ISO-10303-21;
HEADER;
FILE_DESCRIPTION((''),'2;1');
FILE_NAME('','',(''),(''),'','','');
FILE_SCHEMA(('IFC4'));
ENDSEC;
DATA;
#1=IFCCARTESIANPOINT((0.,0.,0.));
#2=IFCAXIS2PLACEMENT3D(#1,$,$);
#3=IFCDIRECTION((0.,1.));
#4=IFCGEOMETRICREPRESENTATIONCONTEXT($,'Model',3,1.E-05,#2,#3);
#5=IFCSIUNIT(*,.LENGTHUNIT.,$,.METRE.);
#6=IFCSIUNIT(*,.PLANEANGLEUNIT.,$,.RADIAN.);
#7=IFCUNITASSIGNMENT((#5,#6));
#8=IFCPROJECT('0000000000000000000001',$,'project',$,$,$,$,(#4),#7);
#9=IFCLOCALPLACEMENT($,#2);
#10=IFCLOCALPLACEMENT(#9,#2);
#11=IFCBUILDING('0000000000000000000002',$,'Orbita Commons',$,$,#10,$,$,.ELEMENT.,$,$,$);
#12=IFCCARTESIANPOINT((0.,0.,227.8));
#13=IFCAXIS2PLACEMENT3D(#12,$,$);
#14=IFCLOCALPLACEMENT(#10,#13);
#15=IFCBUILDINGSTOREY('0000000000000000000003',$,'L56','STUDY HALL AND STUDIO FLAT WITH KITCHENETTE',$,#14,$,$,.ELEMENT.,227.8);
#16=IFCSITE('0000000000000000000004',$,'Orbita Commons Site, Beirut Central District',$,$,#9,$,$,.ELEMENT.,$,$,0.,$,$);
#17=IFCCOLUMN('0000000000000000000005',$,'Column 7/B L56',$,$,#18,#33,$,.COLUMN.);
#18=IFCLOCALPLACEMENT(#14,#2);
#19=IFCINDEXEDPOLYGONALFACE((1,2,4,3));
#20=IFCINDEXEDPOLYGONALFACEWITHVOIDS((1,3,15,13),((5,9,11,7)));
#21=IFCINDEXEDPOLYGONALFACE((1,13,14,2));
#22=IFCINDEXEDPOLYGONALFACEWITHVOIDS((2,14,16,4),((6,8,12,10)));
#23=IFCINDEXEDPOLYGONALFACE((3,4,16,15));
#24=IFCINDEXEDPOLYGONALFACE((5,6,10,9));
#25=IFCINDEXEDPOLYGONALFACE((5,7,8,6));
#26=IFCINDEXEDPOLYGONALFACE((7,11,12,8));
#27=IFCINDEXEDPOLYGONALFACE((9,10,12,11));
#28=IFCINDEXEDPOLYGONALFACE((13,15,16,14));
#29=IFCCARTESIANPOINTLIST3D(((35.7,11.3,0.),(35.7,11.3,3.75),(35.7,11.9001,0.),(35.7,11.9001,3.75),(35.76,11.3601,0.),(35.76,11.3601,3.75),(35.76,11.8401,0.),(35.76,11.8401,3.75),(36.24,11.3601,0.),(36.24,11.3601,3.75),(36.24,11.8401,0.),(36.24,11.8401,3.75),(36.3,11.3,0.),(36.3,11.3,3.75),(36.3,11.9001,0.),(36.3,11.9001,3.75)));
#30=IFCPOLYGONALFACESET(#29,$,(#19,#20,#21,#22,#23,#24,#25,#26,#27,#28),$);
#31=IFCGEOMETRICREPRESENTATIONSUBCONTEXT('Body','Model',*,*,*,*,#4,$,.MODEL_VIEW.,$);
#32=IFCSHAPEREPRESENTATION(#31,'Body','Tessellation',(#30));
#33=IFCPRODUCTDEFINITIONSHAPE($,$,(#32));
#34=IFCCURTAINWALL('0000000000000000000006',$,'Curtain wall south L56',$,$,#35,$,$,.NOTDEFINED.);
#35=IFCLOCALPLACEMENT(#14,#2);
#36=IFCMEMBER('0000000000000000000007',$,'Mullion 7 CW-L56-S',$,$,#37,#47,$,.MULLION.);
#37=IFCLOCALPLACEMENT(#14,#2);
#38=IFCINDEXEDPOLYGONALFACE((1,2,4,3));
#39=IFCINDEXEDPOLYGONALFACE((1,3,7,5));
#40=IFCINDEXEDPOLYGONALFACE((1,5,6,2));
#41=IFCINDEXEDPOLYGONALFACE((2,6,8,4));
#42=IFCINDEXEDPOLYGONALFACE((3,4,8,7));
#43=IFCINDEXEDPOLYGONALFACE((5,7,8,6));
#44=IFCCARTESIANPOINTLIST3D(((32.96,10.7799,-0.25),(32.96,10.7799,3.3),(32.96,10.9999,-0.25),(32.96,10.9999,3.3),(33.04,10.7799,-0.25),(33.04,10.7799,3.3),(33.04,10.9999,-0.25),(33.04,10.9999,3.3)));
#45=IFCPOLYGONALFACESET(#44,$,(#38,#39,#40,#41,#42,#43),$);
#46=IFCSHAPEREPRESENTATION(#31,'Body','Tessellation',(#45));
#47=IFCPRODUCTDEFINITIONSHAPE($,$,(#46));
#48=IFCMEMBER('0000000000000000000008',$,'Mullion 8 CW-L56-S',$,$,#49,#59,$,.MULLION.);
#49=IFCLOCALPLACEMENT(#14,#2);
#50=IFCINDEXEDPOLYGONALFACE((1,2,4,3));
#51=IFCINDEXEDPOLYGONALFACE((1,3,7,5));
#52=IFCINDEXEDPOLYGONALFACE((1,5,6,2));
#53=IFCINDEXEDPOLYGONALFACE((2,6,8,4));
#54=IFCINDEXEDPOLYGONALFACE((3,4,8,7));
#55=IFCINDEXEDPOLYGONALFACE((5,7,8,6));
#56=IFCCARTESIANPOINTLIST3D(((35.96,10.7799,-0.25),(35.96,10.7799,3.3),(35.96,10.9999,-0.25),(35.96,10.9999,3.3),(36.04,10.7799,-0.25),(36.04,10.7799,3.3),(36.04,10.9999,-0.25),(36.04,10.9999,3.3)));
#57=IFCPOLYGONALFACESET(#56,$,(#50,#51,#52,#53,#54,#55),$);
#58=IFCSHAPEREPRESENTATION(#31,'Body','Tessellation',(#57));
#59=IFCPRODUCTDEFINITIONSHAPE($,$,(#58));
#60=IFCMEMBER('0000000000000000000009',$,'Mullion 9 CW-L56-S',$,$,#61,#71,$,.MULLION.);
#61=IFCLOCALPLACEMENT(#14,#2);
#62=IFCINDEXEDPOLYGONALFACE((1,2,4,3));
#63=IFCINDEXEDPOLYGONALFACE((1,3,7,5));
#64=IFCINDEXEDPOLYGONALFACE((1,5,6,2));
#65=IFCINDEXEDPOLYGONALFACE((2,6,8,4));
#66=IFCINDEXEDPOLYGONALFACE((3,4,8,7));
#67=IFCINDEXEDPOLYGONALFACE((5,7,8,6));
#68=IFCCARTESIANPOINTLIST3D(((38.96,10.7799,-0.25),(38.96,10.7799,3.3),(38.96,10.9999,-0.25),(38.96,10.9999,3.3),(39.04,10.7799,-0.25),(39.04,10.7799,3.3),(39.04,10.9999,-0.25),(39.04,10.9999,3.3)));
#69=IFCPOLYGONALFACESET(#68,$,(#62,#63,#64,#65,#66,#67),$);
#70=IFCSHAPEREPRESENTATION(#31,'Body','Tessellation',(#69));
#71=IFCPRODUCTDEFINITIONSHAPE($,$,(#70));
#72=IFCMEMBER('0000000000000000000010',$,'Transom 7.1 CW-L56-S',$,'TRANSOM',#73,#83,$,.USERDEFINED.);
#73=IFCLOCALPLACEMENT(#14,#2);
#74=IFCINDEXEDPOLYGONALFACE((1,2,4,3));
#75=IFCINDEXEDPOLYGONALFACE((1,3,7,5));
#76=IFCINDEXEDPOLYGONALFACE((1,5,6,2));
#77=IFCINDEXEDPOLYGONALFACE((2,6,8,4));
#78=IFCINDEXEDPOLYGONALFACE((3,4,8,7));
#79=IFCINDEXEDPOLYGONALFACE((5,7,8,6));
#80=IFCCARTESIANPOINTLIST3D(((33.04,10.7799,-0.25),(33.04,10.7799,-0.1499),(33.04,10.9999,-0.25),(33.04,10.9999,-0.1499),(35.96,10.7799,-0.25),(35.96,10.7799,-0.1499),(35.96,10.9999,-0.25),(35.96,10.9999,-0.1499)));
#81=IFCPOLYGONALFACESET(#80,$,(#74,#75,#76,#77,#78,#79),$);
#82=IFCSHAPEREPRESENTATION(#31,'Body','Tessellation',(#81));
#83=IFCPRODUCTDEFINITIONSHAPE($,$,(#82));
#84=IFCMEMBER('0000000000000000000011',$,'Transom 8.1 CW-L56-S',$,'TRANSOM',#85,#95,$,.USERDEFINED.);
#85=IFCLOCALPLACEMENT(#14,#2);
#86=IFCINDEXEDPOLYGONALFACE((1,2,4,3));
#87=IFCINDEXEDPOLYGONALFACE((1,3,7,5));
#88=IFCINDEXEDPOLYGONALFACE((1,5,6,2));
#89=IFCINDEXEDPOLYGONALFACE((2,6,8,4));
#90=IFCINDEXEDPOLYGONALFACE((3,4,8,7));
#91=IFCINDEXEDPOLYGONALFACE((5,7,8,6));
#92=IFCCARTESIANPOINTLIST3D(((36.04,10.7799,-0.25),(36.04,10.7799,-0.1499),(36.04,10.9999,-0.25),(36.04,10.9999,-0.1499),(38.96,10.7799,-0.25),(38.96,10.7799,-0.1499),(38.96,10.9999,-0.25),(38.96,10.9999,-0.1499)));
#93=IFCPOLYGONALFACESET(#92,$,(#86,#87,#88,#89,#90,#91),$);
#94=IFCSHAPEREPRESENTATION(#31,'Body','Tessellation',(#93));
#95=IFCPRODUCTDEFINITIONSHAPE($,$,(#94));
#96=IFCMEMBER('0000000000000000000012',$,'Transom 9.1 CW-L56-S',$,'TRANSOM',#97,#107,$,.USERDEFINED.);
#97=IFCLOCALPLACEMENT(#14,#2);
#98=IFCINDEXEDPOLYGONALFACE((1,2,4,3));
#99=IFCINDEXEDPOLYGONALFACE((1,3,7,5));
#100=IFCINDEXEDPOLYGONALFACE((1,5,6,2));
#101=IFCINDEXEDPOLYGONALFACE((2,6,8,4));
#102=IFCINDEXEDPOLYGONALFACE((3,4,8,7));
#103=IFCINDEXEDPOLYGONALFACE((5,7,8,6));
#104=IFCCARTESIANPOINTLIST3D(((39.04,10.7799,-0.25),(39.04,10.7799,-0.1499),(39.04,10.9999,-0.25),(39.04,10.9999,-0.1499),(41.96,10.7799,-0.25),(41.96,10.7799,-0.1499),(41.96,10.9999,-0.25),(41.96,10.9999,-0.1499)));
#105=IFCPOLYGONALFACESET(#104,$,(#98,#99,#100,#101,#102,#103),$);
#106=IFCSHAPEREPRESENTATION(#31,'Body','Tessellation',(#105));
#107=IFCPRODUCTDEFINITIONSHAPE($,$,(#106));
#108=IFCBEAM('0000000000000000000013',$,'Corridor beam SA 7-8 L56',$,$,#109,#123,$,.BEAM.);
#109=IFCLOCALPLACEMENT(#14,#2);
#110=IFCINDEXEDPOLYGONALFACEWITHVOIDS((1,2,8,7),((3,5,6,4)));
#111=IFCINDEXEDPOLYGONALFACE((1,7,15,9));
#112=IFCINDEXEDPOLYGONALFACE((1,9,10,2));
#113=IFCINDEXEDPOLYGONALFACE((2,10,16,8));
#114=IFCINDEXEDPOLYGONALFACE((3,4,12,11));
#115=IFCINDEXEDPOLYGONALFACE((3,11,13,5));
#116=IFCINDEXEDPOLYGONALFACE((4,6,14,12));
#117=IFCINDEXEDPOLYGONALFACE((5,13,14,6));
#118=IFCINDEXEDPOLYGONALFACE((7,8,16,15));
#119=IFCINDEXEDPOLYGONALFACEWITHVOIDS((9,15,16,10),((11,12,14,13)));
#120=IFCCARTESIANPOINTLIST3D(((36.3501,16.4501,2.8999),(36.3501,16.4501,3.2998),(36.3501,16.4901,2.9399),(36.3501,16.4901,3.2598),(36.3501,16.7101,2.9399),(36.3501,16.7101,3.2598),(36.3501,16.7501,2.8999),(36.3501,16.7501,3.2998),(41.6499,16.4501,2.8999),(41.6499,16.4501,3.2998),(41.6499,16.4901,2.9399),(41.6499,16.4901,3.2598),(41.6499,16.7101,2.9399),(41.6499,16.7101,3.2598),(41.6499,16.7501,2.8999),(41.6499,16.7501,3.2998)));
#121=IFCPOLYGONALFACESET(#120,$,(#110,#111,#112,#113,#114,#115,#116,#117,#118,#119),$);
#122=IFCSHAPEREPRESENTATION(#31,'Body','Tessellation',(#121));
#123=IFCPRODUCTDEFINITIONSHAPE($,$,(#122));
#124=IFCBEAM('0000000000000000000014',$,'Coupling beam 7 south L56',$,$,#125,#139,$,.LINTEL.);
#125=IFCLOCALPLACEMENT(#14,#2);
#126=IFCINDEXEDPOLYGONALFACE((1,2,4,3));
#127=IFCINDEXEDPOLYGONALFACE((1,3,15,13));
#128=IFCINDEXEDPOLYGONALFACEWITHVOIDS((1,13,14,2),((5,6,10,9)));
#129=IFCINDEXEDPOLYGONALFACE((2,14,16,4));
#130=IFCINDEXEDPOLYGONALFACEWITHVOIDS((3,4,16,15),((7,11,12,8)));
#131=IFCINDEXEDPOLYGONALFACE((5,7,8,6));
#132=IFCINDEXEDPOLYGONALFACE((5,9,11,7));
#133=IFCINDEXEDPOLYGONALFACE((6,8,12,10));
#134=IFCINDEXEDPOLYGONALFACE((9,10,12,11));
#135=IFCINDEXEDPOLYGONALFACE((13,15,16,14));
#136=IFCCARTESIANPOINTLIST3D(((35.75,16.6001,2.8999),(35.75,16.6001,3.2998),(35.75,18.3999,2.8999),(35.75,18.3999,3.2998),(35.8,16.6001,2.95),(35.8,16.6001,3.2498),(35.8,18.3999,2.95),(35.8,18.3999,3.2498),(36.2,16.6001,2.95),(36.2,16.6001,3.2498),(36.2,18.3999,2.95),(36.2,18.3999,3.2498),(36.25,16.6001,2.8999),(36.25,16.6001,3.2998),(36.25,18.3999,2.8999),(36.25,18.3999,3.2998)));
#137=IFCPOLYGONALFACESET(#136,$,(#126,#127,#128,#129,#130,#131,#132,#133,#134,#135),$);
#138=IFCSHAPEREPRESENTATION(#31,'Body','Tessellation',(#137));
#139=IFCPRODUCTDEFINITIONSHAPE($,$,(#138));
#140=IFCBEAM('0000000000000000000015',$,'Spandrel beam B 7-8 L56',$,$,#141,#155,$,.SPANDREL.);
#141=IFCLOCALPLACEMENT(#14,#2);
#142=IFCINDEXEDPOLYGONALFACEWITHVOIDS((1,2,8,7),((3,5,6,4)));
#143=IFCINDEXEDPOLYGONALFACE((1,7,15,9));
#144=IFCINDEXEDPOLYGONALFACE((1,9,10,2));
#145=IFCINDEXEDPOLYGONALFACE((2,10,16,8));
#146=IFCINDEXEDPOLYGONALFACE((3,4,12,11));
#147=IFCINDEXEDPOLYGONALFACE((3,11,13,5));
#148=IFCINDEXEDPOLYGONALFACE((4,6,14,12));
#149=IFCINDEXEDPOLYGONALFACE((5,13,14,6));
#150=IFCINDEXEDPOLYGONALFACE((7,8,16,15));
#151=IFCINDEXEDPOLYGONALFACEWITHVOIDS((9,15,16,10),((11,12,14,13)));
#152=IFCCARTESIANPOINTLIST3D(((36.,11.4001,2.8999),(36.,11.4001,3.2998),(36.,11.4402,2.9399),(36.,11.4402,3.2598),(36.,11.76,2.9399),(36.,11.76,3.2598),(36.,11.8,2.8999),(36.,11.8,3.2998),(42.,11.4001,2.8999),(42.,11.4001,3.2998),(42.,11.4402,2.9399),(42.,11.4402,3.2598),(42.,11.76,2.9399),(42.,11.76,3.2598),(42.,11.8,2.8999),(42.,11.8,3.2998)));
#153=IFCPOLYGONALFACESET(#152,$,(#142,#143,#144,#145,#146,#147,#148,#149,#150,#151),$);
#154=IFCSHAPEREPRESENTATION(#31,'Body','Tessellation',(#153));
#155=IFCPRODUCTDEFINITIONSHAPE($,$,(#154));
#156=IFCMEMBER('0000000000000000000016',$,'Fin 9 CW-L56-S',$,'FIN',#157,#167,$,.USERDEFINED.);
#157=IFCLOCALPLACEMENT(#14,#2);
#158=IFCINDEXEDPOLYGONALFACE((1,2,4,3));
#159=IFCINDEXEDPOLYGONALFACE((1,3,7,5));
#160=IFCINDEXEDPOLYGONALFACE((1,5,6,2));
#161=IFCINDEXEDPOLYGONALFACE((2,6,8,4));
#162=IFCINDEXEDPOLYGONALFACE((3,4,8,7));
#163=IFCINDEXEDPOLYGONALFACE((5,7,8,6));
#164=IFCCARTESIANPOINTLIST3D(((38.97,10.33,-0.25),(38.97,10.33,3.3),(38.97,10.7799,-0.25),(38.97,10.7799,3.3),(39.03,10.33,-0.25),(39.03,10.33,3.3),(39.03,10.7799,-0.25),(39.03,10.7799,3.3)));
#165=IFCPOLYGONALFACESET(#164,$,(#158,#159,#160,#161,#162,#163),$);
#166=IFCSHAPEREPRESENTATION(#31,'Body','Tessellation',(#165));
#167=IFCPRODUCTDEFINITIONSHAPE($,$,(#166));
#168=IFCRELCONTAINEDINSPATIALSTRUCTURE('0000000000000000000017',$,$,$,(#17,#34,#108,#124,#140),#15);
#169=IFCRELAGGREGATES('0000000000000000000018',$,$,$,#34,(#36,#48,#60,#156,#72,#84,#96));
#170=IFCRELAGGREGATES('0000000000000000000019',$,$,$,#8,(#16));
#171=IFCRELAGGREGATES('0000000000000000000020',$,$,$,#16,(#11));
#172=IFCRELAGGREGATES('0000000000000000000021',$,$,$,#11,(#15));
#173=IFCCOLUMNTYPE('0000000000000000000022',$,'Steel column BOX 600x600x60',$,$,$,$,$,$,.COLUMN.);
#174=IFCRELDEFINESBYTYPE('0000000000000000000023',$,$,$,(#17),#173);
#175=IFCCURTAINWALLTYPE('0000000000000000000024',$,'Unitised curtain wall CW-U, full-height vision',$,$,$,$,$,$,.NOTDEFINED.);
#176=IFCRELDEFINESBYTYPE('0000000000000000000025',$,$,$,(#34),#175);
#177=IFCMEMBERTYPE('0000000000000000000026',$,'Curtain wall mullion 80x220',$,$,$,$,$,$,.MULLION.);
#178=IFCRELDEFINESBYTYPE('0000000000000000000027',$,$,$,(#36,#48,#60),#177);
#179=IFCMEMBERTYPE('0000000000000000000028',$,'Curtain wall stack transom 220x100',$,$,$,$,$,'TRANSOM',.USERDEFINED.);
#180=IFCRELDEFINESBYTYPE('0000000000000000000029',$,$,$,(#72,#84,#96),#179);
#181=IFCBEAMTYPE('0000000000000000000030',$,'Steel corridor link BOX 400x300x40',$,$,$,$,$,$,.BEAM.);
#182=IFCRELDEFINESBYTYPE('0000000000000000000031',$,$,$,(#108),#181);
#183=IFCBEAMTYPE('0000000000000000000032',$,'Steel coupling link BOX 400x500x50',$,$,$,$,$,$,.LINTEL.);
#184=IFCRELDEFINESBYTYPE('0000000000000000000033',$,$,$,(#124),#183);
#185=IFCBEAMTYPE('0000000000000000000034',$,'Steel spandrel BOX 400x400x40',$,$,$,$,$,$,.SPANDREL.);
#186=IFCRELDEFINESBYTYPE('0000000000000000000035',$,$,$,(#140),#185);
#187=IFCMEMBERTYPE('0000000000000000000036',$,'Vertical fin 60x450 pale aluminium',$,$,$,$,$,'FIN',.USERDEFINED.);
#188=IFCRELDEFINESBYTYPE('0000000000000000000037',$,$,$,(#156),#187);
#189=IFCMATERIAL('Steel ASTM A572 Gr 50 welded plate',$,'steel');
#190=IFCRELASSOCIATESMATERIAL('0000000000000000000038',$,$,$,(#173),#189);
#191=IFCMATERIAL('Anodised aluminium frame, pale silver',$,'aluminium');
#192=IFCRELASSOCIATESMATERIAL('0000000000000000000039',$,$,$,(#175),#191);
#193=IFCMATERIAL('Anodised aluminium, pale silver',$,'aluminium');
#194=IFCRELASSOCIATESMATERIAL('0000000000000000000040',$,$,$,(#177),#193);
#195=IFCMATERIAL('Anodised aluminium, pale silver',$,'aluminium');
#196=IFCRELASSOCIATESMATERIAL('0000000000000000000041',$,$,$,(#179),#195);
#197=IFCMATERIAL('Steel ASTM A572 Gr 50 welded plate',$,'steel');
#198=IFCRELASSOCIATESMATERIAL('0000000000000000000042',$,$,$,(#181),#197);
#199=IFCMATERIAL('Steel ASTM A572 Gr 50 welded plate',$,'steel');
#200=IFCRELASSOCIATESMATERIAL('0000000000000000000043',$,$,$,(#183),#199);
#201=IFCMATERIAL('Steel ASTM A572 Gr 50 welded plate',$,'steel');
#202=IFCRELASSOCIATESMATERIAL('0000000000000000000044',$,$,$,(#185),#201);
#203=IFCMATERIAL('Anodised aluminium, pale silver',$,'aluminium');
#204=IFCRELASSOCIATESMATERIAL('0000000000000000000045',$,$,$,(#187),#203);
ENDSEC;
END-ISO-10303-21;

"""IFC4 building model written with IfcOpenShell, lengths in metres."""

from ifc_helpers import new_model, si_unit, direction, frame, origin, origin_2d, place, context, subcontext, project, spatial, rectangle, hollow_rectangle, extrude, material, material_profile, profile_set, type_object, element, aggregate, save


model = new_model("IFC4")

# Units and contexts
model_context = context("Model", 3, precision=1e-05, world=origin(), true_north=direction((0.0, 1.0)))
body_context = subcontext(model_context, "Body", "Model", "MODEL_VIEW")
ifc_project = project(units=[si_unit("LENGTHUNIT", "METRE"), si_unit("PLANEANGLEUNIT", "RADIAN")], contexts=[model_context])

# Site, building, storey
site_placement = place(None, origin())
site = spatial("IfcSite", under=ifc_project, at=site_placement, Name="Orbita Commons Site, Beirut Central District", CompositionType="ELEMENT", RefElevation=0.0)
building_placement = place(site_placement, origin())
building = spatial("IfcBuilding", under=site, at=building_placement, Name="Orbita Commons", CompositionType="ELEMENT")
storey_placement = place(building_placement, frame((0.0, 0.0, 227.8)))
storey = spatial("IfcBuildingStorey", under=building, at=storey_placement, Name="L56", Description="STUDY HALL AND STUDIO FLAT WITH KITCHENETTE", CompositionType="ELEMENT", Elevation=227.8)

# Column
ifc_material_1 = material(Name="Steel ASTM A572 Gr 50 welded plate", Category="steel")
ifc_material_profile_1 = material_profile(ifc_material_1, hollow_rectangle(XDim=0.6001, YDim=0.6001, WallThickness=0.0601, at=origin_2d()), Name="BOX 600x600x60")
ifc_profile_set_1 = profile_set([ifc_material_profile_1], Name="Steel ASTM A572 Gr 50 welded plate")
column_type = type_object("IfcColumnType", Name="Steel column BOX 600x600x60", PredefinedType="COLUMN", material=ifc_profile_set_1)
column_placement = place(storey_placement, frame((36.0, 11.6001, 0.0), z_axis=(0.0, 0.0, 1.0), x_axis=(1.0, 0.0, 0.0)))
element("IfcColumn", 1, at=column_placement, inside=storey, type_object=column_type, Name="Column 7/B L56", PredefinedType="COLUMN", context=body_context, shape_type="SweptSolid", body=[
    extrude(hollow_rectangle(XDim=0.6001, YDim=0.6001, WallThickness=0.0601, at=origin_2d()), origin(), (0.0, 0.0, 1.0), 3.75),
])

# Curtain wall, members
ifc_material_2 = material(Name="Anodised aluminium frame, pale silver", Category="aluminium")
curtain_wall_type = type_object("IfcCurtainWallType", Name="Unitised curtain wall CW-U, full-height vision", PredefinedType="NOTDEFINED", material=ifc_material_2)
curtain_wall_placement = place(storey_placement, origin())
curtain_wall = element("IfcCurtainWall", 2, at=curtain_wall_placement, inside=storey, type_object=curtain_wall_type, Name="Curtain wall south L56", PredefinedType="NOTDEFINED")
ifc_material_3 = material(Name="Anodised aluminium, pale silver", Category="aluminium")
ifc_material_profile_2 = material_profile(ifc_material_3, rectangle(XDim=0.0801, YDim=0.22, at=origin_2d()), Name="AL 80x220")
ifc_profile_set_2 = profile_set([ifc_material_profile_2], Name="Anodised aluminium, pale silver")
member_type_1 = type_object("IfcMemberType", Name="Curtain wall mullion 80x220", PredefinedType="MULLION", material=ifc_profile_set_2)
member_1_placement = place(storey_placement, frame((33.0, 10.8899, -0.25), z_axis=(0.0, 0.0, 1.0), x_axis=(1.0, 0.0, 0.0)))
member_1 = element("IfcMember", 3, at=member_1_placement, type_object=member_type_1, Name="Mullion 7 CW-L56-S", PredefinedType="MULLION", context=body_context, shape_type="SweptSolid", body=[
    extrude(rectangle(XDim=0.0801, YDim=0.22, at=origin_2d()), origin(), (0.0, 0.0, 1.0), 3.55),
])
member_2_placement = place(storey_placement, frame((36.0, 10.8899, -0.25), z_axis=(0.0, 0.0, 1.0), x_axis=(1.0, 0.0, 0.0)))
member_2 = element("IfcMember", 4, at=member_2_placement, type_object=member_type_1, Name="Mullion 8 CW-L56-S", PredefinedType="MULLION", context=body_context, shape_type="SweptSolid", body=[
    extrude(rectangle(XDim=0.0801, YDim=0.22, at=origin_2d()), origin(), (0.0, 0.0, 1.0), 3.55),
])
member_3_placement = place(storey_placement, frame((39.0, 10.8899, -0.25), z_axis=(0.0, 0.0, 1.0), x_axis=(1.0, 0.0, 0.0)))
member_3 = element("IfcMember", 5, at=member_3_placement, type_object=member_type_1, Name="Mullion 9 CW-L56-S", PredefinedType="MULLION", context=body_context, shape_type="SweptSolid", body=[
    extrude(rectangle(XDim=0.0801, YDim=0.22, at=origin_2d()), origin(), (0.0, 0.0, 1.0), 3.55),
])
ifc_material_4 = material(Name="Anodised aluminium, pale silver", Category="aluminium")
ifc_material_profile_3 = material_profile(ifc_material_4, rectangle(XDim=0.22, YDim=0.1001, at=origin_2d()), Name="AL 220x100")
ifc_profile_set_3 = profile_set([ifc_material_profile_3], Name="Anodised aluminium, pale silver")
member_type_2 = type_object("IfcMemberType", Name="Curtain wall stack transom 220x100", ElementType="TRANSOM", PredefinedType="USERDEFINED", material=ifc_profile_set_3)
member_4_placement = place(storey_placement, frame((33.04, 10.8899, -0.2), z_axis=(1.0, 0.0, 0.0), x_axis=(0.0, 1.0, 0.0)))
member_4 = element("IfcMember", 6, at=member_4_placement, type_object=member_type_2, Name="Transom 7.1 CW-L56-S", ObjectType="TRANSOM", PredefinedType="USERDEFINED", context=body_context, shape_type="SweptSolid", body=[
    extrude(rectangle(XDim=0.22, YDim=0.1001, at=origin_2d()), origin(), (0.0, 0.0, 1.0), 2.9199),
])
member_5_placement = place(storey_placement, frame((36.04, 10.8899, -0.2), z_axis=(1.0, 0.0, 0.0), x_axis=(0.0, 1.0, 0.0)))
member_5 = element("IfcMember", 7, at=member_5_placement, type_object=member_type_2, Name="Transom 8.1 CW-L56-S", ObjectType="TRANSOM", PredefinedType="USERDEFINED", context=body_context, shape_type="SweptSolid", body=[
    extrude(rectangle(XDim=0.22, YDim=0.1001, at=origin_2d()), origin(), (0.0, 0.0, 1.0), 2.9199),
])
member_6_placement = place(storey_placement, frame((39.04, 10.8899, -0.2), z_axis=(1.0, 0.0, 0.0), x_axis=(0.0, 1.0, 0.0)))
member_6 = element("IfcMember", 8, at=member_6_placement, type_object=member_type_2, Name="Transom 9.1 CW-L56-S", ObjectType="TRANSOM", PredefinedType="USERDEFINED", context=body_context, shape_type="SweptSolid", body=[
    extrude(rectangle(XDim=0.22, YDim=0.1001, at=origin_2d()), origin(), (0.0, 0.0, 1.0), 2.9199),
])

# Beams
ifc_material_5 = material(Name="Steel ASTM A572 Gr 50 welded plate", Category="steel")
ifc_material_profile_4 = material_profile(ifc_material_5, hollow_rectangle(XDim=0.3, YDim=0.3999, WallThickness=0.04, at=origin_2d()), Name="BOX 400x300x40")
ifc_profile_set_4 = profile_set([ifc_material_profile_4], Name="Steel ASTM A572 Gr 50 welded plate")
beam_type_1 = type_object("IfcBeamType", Name="Steel corridor link BOX 400x300x40", PredefinedType="BEAM", material=ifc_profile_set_4)
beam_1_placement = place(storey_placement, frame((36.3501, 16.6001, 3.0999), z_axis=(1.0, 0.0, 0.0), x_axis=(0.0, 1.0, 0.0)))
element("IfcBeam", 9, at=beam_1_placement, inside=storey, type_object=beam_type_1, Name="Corridor beam SA 7-8 L56", PredefinedType="BEAM", context=body_context, shape_type="SweptSolid", body=[
    extrude(hollow_rectangle(XDim=0.3, YDim=0.3999, WallThickness=0.04, at=origin_2d()), origin(), (0.0, 0.0, 1.0), 5.2998),
])
ifc_material_6 = material(Name="Steel ASTM A572 Gr 50 welded plate", Category="steel")
ifc_material_profile_5 = material_profile(ifc_material_6, hollow_rectangle(XDim=0.5, YDim=0.3999, WallThickness=0.05, at=origin_2d()), Name="BOX 400x500x50")
ifc_profile_set_5 = profile_set([ifc_material_profile_5], Name="Steel ASTM A572 Gr 50 welded plate")
beam_type_2 = type_object("IfcBeamType", Name="Steel coupling link BOX 400x500x50", PredefinedType="LINTEL", material=ifc_profile_set_5)
beam_2_placement = place(storey_placement, frame((36.0, 16.6001, 3.0999), z_axis=(0.0, 1.0, 0.0), x_axis=(-1.0, 0.0, 0.0)))
element("IfcBeam", 10, at=beam_2_placement, inside=storey, type_object=beam_type_2, Name="Coupling beam 7 south L56", PredefinedType="LINTEL", context=body_context, shape_type="SweptSolid", body=[
    extrude(hollow_rectangle(XDim=0.5, YDim=0.3999, WallThickness=0.05, at=origin_2d()), origin(), (0.0, 0.0, 1.0), 1.7998),
])
ifc_material_7 = material(Name="Steel ASTM A572 Gr 50 welded plate", Category="steel")
ifc_material_profile_6 = material_profile(ifc_material_7, hollow_rectangle(XDim=0.3999, YDim=0.3999, WallThickness=0.04, at=origin_2d()), Name="BOX 400x400x40")
ifc_profile_set_6 = profile_set([ifc_material_profile_6], Name="Steel ASTM A572 Gr 50 welded plate")
beam_type_3 = type_object("IfcBeamType", Name="Steel spandrel BOX 400x400x40", PredefinedType="SPANDREL", material=ifc_profile_set_6)
beam_3_placement = place(storey_placement, frame((36.0, 11.6001, 3.0999), z_axis=(1.0, 0.0, 0.0), x_axis=(0.0, 1.0, 0.0)))
element("IfcBeam", 11, at=beam_3_placement, inside=storey, type_object=beam_type_3, Name="Spandrel beam B 7-8 L56", PredefinedType="SPANDREL", context=body_context, shape_type="SweptSolid", body=[
    extrude(hollow_rectangle(XDim=0.3999, YDim=0.3999, WallThickness=0.04, at=origin_2d()), origin(), (0.0, 0.0, 1.0), 6.0),
])

# Member
ifc_material_8 = material(Name="Anodised aluminium, pale silver", Category="aluminium")
ifc_material_profile_7 = material_profile(ifc_material_8, rectangle(XDim=0.0601, YDim=0.45, at=origin_2d()), Name="FIN 60x450")
ifc_profile_set_7 = profile_set([ifc_material_profile_7], Name="Anodised aluminium, pale silver")
member_type_3 = type_object("IfcMemberType", Name="Vertical fin 60x450 pale aluminium", ElementType="FIN", PredefinedType="USERDEFINED", material=ifc_profile_set_7)
member_7_placement = place(storey_placement, frame((39.0, 10.5549, -0.25), z_axis=(0.0, 0.0, 1.0), x_axis=(1.0, 0.0, 0.0)))
member_7 = element("IfcMember", 12, at=member_7_placement, type_object=member_type_3, Name="Fin 9 CW-L56-S", ObjectType="FIN", PredefinedType="USERDEFINED", context=body_context, shape_type="SweptSolid", body=[
    extrude(rectangle(XDim=0.0601, YDim=0.45, at=origin_2d()), origin(), (0.0, 0.0, 1.0), 3.55),
])

aggregate(curtain_wall, [member_1, member_2, member_3, member_7, member_4, member_5, member_6])

save(model, "model.ifc")
